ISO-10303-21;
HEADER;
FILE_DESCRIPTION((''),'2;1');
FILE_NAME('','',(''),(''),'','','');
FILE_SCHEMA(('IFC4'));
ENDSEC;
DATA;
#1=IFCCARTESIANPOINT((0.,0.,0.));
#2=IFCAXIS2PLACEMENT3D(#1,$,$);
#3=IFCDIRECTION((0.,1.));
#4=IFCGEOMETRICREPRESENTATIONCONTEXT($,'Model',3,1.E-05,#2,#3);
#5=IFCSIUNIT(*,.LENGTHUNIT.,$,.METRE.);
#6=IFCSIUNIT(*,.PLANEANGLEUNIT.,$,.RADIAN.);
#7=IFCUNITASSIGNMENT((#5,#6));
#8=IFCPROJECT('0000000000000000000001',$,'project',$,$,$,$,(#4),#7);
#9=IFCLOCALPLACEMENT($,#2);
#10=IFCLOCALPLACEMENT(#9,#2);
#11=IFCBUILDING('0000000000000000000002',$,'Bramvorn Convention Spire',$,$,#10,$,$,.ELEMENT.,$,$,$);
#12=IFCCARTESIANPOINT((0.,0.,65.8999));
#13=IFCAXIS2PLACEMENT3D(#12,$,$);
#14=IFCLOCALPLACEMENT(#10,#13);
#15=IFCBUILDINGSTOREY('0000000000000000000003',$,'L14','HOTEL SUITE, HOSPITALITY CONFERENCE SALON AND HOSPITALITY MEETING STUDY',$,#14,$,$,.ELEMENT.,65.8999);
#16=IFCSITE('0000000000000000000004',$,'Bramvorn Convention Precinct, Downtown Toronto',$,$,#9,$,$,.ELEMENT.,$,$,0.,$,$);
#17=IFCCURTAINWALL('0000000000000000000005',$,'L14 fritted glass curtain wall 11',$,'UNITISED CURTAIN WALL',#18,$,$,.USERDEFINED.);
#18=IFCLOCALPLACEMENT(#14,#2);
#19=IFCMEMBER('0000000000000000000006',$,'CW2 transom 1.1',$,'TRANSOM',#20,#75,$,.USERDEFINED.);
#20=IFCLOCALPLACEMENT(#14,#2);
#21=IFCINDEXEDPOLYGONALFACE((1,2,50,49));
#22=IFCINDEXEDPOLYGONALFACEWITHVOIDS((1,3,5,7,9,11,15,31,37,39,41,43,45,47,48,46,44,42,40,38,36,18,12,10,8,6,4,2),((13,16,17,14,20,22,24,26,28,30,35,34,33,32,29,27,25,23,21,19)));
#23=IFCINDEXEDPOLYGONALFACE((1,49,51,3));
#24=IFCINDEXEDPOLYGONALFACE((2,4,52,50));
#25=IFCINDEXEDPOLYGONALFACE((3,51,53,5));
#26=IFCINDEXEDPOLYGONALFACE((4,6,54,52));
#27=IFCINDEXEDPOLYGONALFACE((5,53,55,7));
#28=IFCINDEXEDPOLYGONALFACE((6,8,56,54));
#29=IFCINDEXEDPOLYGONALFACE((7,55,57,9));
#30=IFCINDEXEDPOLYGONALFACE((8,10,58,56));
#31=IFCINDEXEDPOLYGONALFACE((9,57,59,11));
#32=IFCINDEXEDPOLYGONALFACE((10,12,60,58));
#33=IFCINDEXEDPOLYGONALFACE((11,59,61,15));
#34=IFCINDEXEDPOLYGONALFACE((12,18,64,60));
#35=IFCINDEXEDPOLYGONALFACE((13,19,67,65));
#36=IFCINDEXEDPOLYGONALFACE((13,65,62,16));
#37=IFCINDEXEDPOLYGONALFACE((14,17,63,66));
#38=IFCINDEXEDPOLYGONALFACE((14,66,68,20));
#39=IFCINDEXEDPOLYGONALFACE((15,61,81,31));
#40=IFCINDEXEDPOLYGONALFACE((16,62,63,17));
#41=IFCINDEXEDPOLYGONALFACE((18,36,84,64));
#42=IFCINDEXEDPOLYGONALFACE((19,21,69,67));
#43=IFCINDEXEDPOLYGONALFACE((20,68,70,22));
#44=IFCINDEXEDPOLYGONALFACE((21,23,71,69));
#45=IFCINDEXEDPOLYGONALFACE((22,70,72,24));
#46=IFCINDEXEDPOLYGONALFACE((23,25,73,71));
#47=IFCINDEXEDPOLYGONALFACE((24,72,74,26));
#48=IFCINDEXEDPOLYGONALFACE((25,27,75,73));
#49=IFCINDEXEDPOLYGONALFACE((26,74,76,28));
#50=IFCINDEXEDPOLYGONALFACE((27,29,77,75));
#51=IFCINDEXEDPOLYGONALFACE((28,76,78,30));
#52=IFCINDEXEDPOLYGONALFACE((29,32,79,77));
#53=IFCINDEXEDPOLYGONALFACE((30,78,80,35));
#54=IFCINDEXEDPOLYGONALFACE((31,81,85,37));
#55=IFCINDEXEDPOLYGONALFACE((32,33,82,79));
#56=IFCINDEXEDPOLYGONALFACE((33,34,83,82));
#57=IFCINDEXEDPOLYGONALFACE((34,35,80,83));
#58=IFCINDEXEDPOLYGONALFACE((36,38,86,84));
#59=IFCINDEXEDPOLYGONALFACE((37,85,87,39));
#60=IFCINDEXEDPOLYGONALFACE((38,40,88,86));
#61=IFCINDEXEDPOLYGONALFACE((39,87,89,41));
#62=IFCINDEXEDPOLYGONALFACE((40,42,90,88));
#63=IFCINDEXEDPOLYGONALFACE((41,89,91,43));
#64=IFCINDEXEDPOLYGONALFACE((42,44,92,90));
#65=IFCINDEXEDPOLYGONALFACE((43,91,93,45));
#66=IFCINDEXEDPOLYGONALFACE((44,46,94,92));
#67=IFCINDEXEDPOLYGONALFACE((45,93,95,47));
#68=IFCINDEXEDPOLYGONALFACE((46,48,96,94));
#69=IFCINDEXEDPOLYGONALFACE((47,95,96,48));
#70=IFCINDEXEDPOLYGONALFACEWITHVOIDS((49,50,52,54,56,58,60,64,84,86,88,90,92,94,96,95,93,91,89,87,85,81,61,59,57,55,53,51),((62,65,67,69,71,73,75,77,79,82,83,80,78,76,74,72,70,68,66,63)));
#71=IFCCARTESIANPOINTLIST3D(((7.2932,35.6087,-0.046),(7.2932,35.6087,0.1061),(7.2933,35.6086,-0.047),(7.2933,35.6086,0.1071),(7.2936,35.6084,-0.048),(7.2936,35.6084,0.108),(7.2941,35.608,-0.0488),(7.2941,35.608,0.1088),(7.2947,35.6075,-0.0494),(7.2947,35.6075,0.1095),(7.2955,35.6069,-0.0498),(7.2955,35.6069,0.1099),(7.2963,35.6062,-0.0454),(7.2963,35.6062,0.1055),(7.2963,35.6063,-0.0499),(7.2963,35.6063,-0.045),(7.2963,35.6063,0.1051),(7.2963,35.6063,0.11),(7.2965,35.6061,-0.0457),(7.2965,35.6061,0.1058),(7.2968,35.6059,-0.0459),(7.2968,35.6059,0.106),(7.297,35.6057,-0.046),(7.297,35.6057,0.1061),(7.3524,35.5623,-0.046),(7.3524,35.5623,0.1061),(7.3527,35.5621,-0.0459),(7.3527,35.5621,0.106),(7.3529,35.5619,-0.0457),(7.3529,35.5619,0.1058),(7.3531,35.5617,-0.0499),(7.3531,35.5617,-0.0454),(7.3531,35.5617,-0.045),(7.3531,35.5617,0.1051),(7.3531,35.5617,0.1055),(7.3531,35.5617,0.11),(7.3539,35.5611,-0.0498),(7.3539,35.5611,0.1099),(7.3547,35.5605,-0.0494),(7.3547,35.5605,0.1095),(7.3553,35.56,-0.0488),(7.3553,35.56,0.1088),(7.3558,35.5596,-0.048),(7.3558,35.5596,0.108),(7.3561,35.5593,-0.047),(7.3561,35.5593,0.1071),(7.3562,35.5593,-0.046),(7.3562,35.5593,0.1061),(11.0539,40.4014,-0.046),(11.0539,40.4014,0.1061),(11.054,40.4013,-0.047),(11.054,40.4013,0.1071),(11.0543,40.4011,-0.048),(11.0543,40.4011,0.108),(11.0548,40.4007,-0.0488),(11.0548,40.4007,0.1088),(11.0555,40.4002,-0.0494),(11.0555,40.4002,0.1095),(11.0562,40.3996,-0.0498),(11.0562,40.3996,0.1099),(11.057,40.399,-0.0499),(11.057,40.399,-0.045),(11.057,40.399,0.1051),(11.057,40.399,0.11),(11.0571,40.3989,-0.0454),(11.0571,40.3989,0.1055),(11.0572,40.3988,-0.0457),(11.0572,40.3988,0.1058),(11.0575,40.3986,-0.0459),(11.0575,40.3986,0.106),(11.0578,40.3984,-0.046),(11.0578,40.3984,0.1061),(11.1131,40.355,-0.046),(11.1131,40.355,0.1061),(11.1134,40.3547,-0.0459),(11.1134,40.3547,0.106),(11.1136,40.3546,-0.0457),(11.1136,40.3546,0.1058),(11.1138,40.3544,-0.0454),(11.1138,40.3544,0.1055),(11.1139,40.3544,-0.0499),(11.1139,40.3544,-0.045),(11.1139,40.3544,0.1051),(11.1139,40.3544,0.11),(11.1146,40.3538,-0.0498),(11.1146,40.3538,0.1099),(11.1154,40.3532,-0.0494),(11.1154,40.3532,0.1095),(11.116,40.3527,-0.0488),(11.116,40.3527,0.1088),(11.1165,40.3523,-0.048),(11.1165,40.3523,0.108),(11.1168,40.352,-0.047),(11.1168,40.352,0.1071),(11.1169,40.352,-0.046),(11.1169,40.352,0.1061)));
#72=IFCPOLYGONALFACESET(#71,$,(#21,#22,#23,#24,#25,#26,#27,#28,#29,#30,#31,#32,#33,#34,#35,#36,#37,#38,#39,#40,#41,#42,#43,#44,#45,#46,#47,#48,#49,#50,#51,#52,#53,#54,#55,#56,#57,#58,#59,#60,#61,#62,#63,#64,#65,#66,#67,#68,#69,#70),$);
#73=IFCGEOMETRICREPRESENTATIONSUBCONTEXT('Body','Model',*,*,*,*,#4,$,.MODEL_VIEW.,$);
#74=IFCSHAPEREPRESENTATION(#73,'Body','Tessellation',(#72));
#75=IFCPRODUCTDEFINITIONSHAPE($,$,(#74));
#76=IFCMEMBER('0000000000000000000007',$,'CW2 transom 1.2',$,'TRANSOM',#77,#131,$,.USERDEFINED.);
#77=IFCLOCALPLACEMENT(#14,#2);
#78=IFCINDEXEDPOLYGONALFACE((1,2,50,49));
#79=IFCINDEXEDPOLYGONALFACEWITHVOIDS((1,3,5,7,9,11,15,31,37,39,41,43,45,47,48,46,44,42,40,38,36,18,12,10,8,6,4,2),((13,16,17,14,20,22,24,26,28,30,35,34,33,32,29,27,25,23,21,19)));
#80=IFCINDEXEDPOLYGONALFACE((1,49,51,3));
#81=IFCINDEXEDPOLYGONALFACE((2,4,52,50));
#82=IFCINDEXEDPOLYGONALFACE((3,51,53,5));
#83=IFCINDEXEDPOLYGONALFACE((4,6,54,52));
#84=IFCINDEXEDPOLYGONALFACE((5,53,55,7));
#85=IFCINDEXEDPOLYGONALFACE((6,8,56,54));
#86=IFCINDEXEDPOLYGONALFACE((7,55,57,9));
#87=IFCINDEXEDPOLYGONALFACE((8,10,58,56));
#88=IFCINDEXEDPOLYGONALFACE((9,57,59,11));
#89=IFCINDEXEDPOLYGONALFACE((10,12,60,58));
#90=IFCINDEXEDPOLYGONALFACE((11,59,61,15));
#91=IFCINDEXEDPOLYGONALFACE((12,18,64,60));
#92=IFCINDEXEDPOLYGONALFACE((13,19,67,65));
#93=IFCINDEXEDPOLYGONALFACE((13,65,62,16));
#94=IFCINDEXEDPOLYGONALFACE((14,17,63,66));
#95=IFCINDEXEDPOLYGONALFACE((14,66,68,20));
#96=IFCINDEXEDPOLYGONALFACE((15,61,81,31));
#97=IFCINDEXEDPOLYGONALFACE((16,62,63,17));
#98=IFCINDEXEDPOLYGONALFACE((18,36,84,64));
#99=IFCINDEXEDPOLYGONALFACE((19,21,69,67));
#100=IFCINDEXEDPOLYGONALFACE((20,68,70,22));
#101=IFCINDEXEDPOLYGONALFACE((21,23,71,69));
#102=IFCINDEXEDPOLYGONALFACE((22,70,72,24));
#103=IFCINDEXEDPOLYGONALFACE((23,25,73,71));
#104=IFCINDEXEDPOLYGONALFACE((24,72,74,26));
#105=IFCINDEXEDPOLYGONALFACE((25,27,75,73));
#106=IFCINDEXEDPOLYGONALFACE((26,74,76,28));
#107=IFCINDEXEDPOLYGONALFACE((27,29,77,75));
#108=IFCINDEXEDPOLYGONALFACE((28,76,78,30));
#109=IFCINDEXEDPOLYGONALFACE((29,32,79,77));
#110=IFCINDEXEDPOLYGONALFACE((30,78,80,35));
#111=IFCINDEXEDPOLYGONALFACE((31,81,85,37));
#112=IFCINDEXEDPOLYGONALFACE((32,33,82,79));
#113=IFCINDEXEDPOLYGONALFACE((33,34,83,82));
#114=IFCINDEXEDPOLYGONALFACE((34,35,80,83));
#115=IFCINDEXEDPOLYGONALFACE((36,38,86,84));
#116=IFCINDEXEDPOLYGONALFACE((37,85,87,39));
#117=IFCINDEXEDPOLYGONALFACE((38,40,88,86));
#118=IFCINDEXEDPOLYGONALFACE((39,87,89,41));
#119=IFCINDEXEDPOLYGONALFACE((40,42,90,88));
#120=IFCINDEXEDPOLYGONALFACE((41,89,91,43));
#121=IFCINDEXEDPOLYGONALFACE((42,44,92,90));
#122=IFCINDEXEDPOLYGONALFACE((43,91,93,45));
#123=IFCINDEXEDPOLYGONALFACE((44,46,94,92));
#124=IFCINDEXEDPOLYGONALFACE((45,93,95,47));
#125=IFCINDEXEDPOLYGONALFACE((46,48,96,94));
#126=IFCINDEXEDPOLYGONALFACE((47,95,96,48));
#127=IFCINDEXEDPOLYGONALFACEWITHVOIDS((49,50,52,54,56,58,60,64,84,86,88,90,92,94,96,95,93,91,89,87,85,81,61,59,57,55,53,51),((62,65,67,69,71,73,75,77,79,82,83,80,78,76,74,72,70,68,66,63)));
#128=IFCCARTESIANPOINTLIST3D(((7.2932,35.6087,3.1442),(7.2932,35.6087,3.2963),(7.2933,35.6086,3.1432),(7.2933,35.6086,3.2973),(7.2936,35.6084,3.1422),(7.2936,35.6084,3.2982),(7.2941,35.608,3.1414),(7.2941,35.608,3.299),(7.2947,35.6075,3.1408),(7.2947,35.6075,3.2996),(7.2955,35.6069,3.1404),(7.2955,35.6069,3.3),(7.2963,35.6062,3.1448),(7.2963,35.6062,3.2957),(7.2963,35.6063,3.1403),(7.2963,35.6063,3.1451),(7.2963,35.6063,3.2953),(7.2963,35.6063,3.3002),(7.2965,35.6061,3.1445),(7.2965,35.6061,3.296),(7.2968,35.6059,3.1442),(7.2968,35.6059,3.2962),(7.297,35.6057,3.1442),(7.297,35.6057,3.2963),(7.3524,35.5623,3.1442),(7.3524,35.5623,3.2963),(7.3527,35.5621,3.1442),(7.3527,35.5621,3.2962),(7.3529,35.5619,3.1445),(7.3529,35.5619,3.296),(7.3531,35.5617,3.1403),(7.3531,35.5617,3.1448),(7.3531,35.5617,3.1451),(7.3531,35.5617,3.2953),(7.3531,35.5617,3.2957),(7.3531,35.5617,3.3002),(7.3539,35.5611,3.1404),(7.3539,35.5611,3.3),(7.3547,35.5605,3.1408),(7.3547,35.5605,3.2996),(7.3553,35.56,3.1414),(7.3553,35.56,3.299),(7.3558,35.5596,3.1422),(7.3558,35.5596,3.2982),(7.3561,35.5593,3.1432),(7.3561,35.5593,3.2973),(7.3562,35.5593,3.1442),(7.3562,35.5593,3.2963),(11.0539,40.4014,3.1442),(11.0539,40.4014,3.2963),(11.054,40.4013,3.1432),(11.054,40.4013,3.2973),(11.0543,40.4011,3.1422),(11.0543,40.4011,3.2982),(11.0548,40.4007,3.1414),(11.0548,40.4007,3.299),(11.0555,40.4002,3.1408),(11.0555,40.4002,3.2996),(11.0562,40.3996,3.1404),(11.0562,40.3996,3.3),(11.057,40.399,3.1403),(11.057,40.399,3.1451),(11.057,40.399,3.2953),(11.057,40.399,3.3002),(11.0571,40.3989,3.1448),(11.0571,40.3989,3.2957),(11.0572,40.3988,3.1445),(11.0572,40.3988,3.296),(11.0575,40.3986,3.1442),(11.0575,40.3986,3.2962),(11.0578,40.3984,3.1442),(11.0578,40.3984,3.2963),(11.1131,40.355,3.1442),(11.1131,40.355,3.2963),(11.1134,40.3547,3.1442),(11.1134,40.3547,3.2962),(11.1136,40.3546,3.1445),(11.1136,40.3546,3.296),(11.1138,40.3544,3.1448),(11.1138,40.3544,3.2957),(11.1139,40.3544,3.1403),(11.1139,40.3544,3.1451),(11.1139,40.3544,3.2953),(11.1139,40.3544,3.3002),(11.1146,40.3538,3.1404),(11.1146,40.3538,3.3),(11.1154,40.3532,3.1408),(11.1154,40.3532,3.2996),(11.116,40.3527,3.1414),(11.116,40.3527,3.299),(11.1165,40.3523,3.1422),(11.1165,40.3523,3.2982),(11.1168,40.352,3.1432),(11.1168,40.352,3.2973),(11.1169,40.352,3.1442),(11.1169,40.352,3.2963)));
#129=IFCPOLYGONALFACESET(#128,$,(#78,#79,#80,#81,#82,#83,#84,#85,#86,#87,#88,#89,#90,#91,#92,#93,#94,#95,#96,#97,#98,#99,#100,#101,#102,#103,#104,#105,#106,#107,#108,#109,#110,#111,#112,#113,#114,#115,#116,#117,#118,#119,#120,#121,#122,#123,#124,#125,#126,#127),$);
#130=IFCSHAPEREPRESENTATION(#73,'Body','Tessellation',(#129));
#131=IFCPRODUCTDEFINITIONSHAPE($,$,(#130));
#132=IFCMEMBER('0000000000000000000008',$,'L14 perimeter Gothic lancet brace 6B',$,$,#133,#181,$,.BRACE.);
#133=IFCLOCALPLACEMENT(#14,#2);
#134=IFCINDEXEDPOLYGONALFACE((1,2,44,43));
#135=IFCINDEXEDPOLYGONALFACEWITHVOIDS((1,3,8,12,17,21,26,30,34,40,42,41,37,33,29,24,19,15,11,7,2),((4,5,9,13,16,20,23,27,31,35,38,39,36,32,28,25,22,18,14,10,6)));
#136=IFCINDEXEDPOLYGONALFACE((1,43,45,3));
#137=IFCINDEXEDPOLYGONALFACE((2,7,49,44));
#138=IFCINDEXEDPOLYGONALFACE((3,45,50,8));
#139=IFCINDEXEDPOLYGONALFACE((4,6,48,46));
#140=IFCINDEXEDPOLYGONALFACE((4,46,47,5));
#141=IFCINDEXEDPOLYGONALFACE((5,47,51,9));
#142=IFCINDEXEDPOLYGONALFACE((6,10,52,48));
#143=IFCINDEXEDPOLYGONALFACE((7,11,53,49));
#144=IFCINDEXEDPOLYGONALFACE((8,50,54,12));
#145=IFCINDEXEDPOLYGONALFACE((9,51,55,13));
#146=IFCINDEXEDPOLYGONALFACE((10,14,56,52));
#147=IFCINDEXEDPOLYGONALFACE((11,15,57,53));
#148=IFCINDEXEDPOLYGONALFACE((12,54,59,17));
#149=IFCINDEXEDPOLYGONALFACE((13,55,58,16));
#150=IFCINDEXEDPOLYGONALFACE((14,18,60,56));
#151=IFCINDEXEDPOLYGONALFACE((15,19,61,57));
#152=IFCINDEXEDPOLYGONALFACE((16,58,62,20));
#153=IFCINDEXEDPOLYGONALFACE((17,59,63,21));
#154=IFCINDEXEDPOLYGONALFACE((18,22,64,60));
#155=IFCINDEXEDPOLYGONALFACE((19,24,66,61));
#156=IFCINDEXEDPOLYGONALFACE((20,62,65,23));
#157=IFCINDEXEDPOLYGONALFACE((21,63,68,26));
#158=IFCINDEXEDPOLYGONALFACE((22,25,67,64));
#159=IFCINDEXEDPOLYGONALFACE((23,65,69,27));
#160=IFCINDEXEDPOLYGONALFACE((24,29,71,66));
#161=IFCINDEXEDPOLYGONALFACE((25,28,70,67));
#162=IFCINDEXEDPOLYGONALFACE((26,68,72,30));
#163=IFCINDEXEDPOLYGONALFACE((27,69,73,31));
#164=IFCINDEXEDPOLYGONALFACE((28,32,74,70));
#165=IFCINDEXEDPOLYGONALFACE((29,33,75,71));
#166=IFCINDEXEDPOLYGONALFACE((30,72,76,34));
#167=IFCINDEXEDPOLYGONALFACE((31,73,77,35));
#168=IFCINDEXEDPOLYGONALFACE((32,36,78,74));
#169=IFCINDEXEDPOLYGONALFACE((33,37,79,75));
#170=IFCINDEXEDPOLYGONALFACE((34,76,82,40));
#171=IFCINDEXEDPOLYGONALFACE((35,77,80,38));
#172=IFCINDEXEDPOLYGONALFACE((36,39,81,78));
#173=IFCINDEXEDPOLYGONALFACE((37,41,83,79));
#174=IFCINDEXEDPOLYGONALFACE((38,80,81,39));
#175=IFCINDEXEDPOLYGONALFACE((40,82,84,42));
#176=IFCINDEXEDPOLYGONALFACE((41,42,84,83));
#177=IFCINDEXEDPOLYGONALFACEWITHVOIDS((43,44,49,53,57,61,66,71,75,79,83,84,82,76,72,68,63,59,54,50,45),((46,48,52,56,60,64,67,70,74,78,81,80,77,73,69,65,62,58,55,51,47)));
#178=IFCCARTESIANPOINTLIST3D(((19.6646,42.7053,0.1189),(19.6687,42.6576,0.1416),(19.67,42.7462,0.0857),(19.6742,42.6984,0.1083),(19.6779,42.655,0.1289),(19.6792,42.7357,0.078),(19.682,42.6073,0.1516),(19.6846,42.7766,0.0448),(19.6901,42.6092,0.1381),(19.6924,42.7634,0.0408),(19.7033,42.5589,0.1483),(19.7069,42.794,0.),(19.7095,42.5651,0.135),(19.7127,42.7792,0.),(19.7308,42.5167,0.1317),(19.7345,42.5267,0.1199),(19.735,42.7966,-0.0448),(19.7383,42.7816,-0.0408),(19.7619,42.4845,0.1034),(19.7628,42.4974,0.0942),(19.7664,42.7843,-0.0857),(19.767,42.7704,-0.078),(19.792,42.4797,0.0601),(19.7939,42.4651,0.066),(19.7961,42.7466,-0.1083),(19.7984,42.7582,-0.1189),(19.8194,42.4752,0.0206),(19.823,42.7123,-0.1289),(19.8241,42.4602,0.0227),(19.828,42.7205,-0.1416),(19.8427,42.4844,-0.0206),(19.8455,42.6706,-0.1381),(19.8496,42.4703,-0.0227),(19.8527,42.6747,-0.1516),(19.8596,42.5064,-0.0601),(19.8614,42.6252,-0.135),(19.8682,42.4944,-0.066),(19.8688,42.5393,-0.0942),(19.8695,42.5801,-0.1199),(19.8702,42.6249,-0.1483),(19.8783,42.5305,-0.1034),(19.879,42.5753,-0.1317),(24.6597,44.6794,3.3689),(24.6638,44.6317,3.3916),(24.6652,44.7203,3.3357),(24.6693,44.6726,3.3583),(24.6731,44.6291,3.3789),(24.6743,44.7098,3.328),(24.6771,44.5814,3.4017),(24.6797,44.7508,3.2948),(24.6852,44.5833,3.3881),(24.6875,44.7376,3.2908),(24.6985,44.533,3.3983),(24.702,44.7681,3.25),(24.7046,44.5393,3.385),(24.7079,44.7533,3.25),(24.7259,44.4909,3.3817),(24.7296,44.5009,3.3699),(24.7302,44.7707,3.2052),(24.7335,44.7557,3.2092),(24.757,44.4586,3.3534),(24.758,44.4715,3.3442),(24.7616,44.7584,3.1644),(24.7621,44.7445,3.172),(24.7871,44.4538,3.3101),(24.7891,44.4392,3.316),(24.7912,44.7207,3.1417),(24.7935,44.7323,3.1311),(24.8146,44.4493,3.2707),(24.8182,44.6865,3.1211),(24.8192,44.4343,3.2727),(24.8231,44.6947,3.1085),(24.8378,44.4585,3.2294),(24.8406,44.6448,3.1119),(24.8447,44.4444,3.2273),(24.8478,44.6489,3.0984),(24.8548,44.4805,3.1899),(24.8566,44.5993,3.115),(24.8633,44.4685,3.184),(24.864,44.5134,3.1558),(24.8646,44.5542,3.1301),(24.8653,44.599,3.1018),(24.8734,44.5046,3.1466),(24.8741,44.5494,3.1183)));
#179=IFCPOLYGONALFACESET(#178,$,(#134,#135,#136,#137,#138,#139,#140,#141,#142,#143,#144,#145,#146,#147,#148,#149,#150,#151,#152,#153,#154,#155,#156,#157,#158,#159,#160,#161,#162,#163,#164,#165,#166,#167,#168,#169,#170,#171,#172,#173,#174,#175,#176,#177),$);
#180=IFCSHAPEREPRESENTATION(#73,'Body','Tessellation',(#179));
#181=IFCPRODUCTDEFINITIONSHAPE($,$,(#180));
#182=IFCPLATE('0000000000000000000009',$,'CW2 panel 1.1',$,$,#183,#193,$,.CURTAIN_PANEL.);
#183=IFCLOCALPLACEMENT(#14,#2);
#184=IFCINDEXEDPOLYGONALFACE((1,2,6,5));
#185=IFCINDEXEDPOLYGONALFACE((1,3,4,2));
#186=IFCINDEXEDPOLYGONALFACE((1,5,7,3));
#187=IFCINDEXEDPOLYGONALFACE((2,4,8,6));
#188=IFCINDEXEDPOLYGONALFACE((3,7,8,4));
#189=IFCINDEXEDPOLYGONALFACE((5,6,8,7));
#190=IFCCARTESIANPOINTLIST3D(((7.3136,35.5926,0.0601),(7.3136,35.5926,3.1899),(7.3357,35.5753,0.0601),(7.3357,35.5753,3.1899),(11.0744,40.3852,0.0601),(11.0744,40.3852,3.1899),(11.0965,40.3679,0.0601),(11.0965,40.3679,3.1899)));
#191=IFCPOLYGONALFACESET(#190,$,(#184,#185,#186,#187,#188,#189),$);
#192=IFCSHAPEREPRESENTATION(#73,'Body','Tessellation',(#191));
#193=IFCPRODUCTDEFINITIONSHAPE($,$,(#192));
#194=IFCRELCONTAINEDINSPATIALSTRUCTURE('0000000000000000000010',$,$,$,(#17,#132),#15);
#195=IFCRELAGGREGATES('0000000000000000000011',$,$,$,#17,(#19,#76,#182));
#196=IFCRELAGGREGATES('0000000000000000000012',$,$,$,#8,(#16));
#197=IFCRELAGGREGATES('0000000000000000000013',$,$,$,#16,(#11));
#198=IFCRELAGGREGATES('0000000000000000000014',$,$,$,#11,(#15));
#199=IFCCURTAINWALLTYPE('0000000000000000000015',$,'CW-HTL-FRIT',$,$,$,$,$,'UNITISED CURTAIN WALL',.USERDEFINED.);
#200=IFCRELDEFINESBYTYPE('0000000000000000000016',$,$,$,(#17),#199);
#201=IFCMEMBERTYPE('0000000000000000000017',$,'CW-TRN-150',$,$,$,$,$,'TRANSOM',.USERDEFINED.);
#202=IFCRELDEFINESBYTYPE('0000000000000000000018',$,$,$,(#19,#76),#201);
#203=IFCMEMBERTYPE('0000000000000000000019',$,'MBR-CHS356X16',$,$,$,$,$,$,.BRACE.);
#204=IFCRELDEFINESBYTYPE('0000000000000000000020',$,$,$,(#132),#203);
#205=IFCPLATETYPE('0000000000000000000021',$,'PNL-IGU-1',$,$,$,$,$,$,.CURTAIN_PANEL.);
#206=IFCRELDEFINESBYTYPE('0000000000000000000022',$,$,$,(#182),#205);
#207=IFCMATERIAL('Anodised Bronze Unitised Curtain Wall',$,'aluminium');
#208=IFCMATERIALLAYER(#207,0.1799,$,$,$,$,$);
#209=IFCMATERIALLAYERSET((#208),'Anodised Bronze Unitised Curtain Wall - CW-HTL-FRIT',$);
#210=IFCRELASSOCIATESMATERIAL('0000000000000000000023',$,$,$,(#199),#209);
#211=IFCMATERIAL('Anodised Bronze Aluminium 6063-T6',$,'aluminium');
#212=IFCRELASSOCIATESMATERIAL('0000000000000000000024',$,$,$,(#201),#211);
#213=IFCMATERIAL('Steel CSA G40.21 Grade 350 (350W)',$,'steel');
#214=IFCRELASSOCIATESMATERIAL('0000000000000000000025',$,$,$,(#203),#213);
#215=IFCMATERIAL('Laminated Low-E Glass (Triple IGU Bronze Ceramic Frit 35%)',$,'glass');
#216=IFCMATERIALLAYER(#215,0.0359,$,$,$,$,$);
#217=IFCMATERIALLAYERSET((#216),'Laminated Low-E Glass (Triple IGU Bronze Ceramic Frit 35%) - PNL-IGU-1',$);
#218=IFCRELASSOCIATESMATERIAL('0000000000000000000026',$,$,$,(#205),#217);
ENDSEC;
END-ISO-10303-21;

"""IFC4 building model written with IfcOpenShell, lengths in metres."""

from ifc_helpers import new_model, si_unit, direction, frame, origin, origin_2d, place, context, subcontext, project, spatial, rectangle, hollow_rectangle, hollow_circle, extrude, material, layer, layer_set, material_profile, profile_set, type_object, element, aggregate, save


model = new_model("IFC4")

# Units and contexts
model_context = context("Model", 3, precision=1e-05, world=origin(), true_north=direction((0.0, 1.0)))
body_context = subcontext(model_context, "Body", "Model", "MODEL_VIEW")
ifc_project = project(units=[si_unit("LENGTHUNIT", "METRE"), si_unit("PLANEANGLEUNIT", "RADIAN")], contexts=[model_context])

# Site, building, storey
site_placement = place(None, origin())
site = spatial("IfcSite", under=ifc_project, at=site_placement, Name="Bramvorn Convention Precinct, Downtown Toronto", CompositionType="ELEMENT", RefElevation=0.0)
building_placement = place(site_placement, origin())
building = spatial("IfcBuilding", under=site, at=building_placement, Name="Bramvorn Convention Spire", CompositionType="ELEMENT")
storey_placement = place(building_placement, frame((0.0, 0.0, 65.8999)))
storey = spatial("IfcBuildingStorey", under=building, at=storey_placement, Name="L14", Description="HOTEL SUITE, HOSPITALITY CONFERENCE SALON AND HOSPITALITY MEETING STUDY", CompositionType="ELEMENT", Elevation=65.8999)

# Shared definitions
ifc_material_1 = material(Name="Steel CSA G40.21 Grade 350 (350W)", Category="steel")

# Curtain wall
ifc_material_2 = material(Name="Anodised Bronze Unitised Curtain Wall", Category="aluminium")
ifc_layer_1 = layer(ifc_material_2, 0.1799)
ifc_layer_set_1 = layer_set([ifc_layer_1], Name="Anodised Bronze Unitised Curtain Wall - CW-HTL-FRIT")
curtain_wall_type = type_object("IfcCurtainWallType", Name="CW-HTL-FRIT", ElementType="UNITISED CURTAIN WALL", PredefinedType="USERDEFINED", material=ifc_layer_set_1)
curtain_wall_1_placement = place(storey_placement, origin())
curtain_wall_1 = element("IfcCurtainWall", 1, at=curtain_wall_1_placement, inside=storey, type_object=curtain_wall_type, Name="L14 fritted glass curtain wall 11", ObjectType="UNITISED CURTAIN WALL", PredefinedType="USERDEFINED")
ifc_material_3 = material(Name="Anodised Bronze Aluminium 6063-T6", Category="aluminium")

# Members
ifc_material_profile_1 = material_profile(ifc_material_3, hollow_rectangle(XDim=0.0801, YDim=0.1599, WallThickness=0.0039, InnerFilletRadius=0.001, OuterFilletRadius=0.0039, at=origin_2d()))
ifc_profile_set_1 = profile_set([ifc_material_profile_1], Name="Anodised Bronze Aluminium 6063-T6 - CWT80X160")
member_type_1 = type_object("IfcMemberType", Name="CW-TRN-150", ElementType="TRANSOM", PredefinedType="USERDEFINED", material=ifc_profile_set_1)
member_1_placement = place(storey_placement, frame((7.3247, 35.584, 0.03), z_axis=(0.617317, 0.786715, 0.0), x_axis=(-0.786715, 0.617317, 0.0)))
member_1 = element("IfcMember", 2, at=member_1_placement, type_object=member_type_1, Name="CW2 transom 1.1", ObjectType="TRANSOM", PredefinedType="USERDEFINED", context=body_context, shape_type="SweptSolid", body=[
    extrude(hollow_rectangle(XDim=0.0801, YDim=0.1599, WallThickness=0.0039, InnerFilletRadius=0.001, OuterFilletRadius=0.0039, at=origin_2d()), origin(), (0.0, 0.0, 1.0), 6.092),
])
member_2_placement = place(storey_placement, frame((7.3247, 35.584, 3.2202), z_axis=(0.617317, 0.786715, 0.0), x_axis=(-0.786715, 0.617317, 0.0)))
member_2 = element("IfcMember", 3, at=member_2_placement, type_object=member_type_1, Name="CW2 transom 1.2", ObjectType="TRANSOM", PredefinedType="USERDEFINED", context=body_context, shape_type="SweptSolid", body=[
    extrude(hollow_rectangle(XDim=0.0801, YDim=0.1599, WallThickness=0.0039, InnerFilletRadius=0.001, OuterFilletRadius=0.0039, at=origin_2d()), origin(), (0.0, 0.0, 1.0), 6.092),
])
ifc_material_profile_2 = material_profile(ifc_material_1, hollow_circle(Radius=0.1777, WallThickness=0.0159, at=origin_2d()))
ifc_profile_set_2 = profile_set([ifc_material_profile_2], Name="Steel CSA G40.21 Grade 350 (350W) - CHS356X16")
member_type_2 = type_object("IfcMemberType", Name="MBR-CHS356X16", PredefinedType="BRACE", material=ifc_profile_set_2)
member_3_placement = place(storey_placement, frame((19.7722, 42.6287, 0.0), z_axis=(0.795679, 0.31446, 0.517697), x_axis=(-0.367547, 0.930005, 0.0)))
element("IfcMember", 4, at=member_3_placement, inside=storey, type_object=member_type_2, Name="L14 perimeter Gothic lancet brace 6B", PredefinedType="BRACE", context=body_context, shape_type="SweptSolid", body=[
    extrude(hollow_circle(Radius=0.1777, WallThickness=0.0159, at=origin_2d()), origin(), (0.0, 0.0, 1.0), 6.2778),
])

# Plate
ifc_material_4 = material(Name="Laminated Low-E Glass (Triple IGU Bronze Ceramic Frit 35%)", Category="glass")
ifc_layer_2 = layer(ifc_material_4, 0.0359)
ifc_layer_set_2 = layer_set([ifc_layer_2], Name="Laminated Low-E Glass (Triple IGU Bronze Ceramic Frit 35%) - PNL-IGU-1")
plate_type = type_object("IfcPlateType", Name="PNL-IGU-1", PredefinedType="CURTAIN_PANEL", material=ifc_layer_set_2)
plate_placement = place(storey_placement, frame((9.2051, 37.9802, 0.0601), z_axis=(0.0, 0.0, 1.0), x_axis=(0.617335, 0.7867, 0.0)))
plate = element("IfcPlate", 5, at=plate_placement, type_object=plate_type, Name="CW2 panel 1.1", PredefinedType="CURTAIN_PANEL", context=body_context, shape_type="SweptSolid", body=[
    extrude(rectangle(XDim=6.092, YDim=0.0281, at=origin_2d()), origin(), (0.0, 0.0, 1.0), 3.1299),
])
aggregate(curtain_wall_1, [member_1, member_2, plate])

save(model, "model.ifc")
